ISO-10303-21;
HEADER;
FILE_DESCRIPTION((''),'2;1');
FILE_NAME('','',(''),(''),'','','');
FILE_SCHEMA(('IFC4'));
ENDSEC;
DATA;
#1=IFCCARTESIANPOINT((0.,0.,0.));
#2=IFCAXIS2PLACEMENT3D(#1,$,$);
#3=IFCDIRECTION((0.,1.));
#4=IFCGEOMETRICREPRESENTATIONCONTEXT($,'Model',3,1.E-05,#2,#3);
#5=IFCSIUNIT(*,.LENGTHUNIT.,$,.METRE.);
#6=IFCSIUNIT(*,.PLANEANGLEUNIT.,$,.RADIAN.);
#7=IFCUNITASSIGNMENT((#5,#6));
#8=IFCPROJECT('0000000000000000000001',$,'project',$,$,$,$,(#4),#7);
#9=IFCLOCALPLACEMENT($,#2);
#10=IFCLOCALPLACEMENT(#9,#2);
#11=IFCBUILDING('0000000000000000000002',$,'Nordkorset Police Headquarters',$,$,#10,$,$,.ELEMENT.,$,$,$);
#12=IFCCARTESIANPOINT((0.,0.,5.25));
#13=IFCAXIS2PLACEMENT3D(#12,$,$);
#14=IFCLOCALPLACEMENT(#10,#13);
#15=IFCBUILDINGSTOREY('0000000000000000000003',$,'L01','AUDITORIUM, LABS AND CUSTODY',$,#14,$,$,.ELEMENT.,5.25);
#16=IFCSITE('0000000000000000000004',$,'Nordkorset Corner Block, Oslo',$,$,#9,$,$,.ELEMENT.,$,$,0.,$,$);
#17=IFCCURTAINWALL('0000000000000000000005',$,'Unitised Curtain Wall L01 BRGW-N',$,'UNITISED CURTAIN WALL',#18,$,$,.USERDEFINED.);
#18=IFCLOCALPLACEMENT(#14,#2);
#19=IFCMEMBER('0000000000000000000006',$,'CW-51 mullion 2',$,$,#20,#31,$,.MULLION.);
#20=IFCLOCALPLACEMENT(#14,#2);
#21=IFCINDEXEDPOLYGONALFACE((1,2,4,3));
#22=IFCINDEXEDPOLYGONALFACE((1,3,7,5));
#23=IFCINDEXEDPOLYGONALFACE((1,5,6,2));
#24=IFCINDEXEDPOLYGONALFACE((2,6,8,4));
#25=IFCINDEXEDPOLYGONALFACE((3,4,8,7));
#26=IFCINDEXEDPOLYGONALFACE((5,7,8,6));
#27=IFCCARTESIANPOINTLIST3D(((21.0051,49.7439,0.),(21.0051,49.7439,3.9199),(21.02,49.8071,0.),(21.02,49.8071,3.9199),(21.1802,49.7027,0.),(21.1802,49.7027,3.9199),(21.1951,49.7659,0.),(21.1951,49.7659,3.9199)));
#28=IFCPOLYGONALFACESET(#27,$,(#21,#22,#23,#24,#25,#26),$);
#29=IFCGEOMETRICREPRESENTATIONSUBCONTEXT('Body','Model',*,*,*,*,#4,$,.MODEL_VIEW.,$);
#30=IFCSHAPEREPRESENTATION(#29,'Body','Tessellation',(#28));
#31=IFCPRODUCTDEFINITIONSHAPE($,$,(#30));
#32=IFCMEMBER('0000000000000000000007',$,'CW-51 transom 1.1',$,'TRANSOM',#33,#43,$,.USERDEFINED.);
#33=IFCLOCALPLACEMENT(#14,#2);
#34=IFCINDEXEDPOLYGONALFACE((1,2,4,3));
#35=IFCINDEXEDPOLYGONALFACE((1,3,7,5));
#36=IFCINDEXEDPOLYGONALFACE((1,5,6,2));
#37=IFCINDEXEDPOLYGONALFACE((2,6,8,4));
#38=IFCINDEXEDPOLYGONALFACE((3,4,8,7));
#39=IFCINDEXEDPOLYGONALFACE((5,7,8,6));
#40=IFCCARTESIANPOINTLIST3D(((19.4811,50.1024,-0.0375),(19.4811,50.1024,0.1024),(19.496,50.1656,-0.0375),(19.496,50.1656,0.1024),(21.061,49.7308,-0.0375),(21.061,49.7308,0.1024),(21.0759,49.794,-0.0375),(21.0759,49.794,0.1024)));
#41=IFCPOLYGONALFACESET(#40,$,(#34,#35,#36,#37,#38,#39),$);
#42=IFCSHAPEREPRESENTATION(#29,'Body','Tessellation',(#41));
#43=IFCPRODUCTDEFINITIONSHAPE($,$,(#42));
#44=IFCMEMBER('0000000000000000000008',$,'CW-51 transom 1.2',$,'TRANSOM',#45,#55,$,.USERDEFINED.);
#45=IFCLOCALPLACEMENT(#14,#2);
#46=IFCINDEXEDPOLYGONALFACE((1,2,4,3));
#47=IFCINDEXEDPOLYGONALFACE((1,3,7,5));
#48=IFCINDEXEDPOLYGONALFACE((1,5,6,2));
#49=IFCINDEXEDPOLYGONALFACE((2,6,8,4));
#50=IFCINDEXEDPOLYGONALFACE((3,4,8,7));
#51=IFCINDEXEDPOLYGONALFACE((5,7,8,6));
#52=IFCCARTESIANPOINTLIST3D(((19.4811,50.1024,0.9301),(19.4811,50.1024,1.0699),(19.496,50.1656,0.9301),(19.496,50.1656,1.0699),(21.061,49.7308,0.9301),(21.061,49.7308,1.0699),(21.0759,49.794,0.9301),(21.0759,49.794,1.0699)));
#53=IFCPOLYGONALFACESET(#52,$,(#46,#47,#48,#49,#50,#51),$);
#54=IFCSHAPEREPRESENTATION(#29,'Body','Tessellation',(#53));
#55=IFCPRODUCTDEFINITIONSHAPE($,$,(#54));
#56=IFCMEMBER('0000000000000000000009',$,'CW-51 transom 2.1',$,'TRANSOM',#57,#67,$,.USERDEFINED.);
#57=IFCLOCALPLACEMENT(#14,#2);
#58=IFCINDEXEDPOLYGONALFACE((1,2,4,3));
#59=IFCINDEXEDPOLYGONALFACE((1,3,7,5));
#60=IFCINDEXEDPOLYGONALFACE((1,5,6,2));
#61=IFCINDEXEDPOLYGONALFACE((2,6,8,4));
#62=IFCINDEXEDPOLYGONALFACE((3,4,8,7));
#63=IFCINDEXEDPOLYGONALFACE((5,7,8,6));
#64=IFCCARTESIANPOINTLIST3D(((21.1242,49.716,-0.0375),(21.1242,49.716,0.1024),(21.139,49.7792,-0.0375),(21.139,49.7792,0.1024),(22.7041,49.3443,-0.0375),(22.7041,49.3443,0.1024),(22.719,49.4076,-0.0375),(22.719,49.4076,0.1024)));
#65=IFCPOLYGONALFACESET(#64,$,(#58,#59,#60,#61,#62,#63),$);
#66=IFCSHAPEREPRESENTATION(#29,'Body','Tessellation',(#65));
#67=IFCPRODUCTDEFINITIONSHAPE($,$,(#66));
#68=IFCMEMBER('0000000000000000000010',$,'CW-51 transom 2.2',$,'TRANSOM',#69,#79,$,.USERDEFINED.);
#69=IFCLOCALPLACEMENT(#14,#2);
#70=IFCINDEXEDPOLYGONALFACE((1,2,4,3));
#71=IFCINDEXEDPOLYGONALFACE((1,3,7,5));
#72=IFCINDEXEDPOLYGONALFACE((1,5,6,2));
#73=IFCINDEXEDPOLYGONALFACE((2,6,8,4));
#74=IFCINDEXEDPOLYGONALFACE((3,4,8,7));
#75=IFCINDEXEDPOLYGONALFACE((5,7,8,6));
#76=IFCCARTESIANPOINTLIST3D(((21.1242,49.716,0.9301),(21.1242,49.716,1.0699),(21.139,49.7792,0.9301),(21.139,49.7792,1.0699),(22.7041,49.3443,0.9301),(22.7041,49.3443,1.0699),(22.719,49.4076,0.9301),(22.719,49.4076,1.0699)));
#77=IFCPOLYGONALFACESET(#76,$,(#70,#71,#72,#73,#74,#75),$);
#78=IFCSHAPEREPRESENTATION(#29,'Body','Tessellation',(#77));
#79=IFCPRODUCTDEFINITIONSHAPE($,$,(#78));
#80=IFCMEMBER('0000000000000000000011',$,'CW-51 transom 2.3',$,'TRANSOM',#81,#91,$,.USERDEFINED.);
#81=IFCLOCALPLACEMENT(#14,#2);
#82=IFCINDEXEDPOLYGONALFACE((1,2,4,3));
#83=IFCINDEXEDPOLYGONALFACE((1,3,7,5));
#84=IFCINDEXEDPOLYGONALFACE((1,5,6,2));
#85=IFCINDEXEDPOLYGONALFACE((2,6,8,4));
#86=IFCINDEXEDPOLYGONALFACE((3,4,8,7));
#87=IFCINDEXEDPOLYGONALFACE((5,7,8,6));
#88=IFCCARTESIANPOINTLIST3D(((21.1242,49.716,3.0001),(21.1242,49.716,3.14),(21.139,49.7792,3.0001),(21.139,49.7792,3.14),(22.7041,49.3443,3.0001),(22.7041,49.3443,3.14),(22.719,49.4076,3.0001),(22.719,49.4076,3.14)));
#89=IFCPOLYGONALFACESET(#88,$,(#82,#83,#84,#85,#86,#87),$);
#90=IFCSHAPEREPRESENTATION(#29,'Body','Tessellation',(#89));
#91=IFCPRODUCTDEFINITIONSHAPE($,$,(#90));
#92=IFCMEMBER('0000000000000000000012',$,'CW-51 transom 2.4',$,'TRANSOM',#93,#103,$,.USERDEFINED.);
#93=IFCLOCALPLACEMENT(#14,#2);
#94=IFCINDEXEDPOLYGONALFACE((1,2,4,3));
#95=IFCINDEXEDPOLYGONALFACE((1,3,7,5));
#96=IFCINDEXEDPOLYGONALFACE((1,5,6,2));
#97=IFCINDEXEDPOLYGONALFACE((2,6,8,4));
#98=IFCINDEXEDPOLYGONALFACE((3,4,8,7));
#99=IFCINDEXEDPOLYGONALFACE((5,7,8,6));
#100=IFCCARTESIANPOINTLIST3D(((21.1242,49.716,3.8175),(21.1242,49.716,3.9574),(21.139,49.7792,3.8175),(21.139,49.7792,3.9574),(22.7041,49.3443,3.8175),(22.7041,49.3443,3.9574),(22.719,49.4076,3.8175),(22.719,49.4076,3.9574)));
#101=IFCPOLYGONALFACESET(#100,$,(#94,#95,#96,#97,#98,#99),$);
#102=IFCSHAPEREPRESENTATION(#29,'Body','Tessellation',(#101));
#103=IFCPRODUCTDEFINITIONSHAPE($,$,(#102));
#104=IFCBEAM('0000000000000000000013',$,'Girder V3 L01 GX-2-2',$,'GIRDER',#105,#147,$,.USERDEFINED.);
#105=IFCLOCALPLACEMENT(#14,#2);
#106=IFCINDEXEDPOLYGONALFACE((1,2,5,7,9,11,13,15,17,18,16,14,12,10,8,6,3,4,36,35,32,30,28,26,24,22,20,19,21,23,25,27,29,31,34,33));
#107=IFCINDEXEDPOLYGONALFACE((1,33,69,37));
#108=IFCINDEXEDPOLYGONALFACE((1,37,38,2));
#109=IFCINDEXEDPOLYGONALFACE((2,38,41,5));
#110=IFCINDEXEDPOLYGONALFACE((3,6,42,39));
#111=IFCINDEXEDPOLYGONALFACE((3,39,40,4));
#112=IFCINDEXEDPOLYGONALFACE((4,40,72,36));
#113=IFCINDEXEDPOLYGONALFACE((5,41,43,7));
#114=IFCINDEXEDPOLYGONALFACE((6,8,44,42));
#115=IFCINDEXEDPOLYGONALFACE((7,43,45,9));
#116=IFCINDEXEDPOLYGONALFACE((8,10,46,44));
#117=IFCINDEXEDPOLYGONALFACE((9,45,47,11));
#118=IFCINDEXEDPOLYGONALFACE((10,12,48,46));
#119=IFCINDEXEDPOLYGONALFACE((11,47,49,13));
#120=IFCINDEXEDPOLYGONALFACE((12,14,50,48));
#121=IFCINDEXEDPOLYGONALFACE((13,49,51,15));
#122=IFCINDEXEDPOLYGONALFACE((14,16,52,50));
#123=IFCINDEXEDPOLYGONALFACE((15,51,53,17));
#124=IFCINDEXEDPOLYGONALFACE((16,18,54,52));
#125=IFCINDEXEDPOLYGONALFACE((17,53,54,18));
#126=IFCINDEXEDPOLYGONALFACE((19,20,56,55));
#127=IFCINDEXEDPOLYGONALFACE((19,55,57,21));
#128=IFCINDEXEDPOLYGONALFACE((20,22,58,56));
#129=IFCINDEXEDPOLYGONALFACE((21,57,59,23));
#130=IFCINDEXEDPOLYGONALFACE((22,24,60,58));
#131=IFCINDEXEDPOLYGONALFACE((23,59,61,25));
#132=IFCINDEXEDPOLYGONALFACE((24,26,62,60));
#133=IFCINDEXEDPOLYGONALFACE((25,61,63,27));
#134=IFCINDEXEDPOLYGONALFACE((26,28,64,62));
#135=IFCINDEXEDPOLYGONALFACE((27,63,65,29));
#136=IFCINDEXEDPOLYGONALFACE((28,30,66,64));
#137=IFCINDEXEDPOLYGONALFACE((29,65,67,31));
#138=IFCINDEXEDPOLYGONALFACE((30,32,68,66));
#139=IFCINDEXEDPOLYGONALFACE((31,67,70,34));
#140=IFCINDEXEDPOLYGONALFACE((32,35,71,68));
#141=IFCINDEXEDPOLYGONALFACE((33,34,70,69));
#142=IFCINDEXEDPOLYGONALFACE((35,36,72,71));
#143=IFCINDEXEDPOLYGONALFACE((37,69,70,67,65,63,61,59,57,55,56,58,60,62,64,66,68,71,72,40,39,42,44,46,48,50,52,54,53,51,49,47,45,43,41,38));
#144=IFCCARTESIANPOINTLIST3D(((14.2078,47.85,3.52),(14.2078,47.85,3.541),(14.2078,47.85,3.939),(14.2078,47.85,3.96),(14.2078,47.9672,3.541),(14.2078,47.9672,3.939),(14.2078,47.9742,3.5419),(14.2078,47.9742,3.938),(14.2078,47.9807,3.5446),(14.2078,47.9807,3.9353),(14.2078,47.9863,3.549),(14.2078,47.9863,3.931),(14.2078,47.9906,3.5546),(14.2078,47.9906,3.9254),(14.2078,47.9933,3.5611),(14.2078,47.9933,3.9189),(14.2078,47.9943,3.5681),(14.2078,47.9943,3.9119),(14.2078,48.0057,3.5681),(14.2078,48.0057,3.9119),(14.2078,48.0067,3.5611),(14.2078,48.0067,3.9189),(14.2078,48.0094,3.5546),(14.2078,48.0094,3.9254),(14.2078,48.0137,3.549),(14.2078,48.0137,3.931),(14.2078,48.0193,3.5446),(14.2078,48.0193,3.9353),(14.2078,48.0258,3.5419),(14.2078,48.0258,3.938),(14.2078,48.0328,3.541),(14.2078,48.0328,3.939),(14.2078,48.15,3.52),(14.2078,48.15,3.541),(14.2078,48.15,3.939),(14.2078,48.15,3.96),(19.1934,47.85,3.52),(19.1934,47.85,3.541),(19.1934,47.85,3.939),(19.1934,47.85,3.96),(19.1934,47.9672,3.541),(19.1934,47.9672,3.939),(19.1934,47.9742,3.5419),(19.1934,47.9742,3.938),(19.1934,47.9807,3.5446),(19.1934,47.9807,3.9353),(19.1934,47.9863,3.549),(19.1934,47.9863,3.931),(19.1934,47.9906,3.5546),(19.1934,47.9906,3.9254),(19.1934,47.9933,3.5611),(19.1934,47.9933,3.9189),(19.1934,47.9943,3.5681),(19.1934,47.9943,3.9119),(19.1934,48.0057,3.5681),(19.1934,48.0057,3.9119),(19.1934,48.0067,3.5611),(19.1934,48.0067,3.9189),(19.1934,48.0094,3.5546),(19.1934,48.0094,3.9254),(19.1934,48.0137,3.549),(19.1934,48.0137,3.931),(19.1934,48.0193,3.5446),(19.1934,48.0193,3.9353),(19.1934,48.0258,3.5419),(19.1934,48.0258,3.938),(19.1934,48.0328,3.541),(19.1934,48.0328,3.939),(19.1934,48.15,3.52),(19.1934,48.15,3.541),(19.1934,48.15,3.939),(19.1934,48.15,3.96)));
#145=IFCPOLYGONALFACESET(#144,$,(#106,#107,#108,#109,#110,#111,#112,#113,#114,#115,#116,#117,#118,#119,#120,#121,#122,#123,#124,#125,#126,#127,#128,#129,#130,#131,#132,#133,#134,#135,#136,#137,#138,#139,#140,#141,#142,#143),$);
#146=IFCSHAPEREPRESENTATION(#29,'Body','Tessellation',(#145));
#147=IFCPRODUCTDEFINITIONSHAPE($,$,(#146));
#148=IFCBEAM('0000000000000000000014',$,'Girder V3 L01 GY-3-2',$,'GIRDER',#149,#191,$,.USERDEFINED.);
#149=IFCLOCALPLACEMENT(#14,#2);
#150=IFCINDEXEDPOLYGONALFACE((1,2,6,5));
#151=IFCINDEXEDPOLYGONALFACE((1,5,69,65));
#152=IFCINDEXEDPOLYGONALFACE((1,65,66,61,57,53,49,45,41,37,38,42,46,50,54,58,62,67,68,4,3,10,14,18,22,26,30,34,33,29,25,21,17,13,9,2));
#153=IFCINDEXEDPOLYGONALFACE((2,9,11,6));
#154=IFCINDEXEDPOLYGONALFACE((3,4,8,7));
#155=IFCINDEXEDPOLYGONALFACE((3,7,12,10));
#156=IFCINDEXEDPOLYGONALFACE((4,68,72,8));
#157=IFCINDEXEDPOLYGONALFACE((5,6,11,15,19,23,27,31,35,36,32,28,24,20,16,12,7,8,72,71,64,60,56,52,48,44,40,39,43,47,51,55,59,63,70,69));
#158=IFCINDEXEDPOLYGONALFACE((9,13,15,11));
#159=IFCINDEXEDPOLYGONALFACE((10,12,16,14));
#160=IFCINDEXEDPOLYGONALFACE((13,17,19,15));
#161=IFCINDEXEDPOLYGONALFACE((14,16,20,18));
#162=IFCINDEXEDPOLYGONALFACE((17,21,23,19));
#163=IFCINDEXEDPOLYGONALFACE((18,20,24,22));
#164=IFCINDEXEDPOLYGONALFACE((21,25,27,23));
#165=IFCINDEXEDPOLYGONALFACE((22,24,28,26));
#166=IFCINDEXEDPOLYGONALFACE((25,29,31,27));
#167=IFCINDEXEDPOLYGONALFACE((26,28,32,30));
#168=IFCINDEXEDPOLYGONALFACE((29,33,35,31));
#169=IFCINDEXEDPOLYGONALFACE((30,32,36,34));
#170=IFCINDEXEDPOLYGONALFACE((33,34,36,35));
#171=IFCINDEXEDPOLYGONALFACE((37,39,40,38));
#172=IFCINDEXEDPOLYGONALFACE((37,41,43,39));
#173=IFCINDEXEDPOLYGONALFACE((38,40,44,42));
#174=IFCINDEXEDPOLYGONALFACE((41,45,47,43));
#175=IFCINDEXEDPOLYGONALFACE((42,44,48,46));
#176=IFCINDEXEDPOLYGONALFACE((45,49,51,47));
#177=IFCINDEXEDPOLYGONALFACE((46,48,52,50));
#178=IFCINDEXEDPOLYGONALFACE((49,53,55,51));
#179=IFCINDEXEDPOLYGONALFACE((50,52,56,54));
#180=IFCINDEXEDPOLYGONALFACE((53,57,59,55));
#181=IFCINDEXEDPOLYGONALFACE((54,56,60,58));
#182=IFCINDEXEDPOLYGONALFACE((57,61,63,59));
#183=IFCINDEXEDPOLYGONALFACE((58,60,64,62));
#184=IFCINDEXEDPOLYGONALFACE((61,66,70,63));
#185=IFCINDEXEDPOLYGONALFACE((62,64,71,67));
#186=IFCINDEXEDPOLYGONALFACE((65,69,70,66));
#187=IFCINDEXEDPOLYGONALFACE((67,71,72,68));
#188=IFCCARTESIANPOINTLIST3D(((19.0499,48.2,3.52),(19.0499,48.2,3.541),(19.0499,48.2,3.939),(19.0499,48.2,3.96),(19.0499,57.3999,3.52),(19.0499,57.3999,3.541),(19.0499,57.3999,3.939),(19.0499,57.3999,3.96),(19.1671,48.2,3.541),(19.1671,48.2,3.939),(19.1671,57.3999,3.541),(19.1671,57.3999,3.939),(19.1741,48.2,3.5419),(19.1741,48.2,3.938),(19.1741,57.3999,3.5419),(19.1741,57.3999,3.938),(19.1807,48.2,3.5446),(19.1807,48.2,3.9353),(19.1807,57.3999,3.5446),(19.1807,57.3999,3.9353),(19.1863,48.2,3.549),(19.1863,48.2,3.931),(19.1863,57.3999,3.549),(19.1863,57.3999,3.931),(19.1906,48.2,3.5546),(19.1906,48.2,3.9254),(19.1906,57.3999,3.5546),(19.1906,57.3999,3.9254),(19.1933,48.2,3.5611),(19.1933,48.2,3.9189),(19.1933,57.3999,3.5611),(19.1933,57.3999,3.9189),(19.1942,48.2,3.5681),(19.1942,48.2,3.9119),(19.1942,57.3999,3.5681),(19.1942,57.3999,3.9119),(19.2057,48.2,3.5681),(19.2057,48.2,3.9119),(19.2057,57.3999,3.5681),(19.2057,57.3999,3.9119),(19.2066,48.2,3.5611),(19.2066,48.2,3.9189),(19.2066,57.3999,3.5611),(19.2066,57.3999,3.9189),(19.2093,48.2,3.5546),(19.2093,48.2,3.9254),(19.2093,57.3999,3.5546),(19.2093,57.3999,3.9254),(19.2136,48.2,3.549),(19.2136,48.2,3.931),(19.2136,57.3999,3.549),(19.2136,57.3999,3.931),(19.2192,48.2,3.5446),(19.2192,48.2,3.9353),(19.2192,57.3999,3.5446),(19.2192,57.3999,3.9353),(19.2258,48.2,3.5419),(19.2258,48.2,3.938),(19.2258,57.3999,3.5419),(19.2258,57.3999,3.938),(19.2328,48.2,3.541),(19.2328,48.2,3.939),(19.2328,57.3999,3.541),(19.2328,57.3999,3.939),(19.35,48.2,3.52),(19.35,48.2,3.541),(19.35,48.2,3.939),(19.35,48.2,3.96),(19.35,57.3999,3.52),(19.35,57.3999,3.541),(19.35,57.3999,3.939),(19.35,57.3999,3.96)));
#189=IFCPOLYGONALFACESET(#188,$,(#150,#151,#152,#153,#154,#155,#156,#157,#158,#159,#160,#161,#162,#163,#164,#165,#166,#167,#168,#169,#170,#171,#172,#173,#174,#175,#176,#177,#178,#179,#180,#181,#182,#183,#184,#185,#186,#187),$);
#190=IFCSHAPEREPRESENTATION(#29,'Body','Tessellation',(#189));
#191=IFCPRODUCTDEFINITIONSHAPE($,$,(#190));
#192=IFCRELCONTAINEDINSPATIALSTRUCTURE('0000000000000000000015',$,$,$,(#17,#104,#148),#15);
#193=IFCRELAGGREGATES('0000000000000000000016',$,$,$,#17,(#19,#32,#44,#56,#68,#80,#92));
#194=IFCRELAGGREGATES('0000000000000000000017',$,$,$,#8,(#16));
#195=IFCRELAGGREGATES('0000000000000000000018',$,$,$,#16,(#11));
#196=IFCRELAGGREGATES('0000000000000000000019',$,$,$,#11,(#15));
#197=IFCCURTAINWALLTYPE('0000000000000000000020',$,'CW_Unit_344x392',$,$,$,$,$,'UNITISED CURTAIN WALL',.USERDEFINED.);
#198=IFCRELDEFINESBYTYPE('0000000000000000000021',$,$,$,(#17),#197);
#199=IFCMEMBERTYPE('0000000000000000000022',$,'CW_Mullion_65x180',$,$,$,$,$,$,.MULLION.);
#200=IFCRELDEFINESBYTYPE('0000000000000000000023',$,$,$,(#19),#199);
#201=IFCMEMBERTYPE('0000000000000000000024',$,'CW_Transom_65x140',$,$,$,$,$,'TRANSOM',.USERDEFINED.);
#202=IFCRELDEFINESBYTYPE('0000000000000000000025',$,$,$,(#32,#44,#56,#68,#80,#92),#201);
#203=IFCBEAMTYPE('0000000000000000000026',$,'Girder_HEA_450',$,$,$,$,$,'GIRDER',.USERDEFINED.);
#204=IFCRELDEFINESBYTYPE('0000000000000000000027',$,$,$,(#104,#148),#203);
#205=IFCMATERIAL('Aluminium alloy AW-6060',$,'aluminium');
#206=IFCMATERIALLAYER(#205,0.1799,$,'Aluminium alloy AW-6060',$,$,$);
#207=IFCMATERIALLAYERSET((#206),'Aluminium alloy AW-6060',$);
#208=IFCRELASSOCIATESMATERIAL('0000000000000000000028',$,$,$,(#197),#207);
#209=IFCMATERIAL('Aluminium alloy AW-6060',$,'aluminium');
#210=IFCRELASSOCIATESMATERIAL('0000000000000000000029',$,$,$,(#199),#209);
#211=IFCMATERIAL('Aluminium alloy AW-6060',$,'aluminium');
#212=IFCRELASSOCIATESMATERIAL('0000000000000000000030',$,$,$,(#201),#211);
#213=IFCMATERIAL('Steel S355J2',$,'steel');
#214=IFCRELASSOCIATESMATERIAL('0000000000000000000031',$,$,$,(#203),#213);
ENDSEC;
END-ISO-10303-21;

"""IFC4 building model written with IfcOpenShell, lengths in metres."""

from ifc_helpers import new_model, si_unit, direction, frame, origin, origin_2d, place, context, subcontext, project, spatial, rectangle, i_section, extrude, material, layer, layer_set, material_profile, profile_set, type_object, element, aggregate, save


model = new_model("IFC4")

# Units and contexts
model_context = context("Model", 3, precision=1e-05, world=origin(), true_north=direction((0.0, 1.0)))
body_context = subcontext(model_context, "Body", "Model", "MODEL_VIEW")
ifc_project = project(units=[si_unit("LENGTHUNIT", "METRE"), si_unit("PLANEANGLEUNIT", "RADIAN")], contexts=[model_context])

# Site, building, storey
site_placement = place(None, origin())
site = spatial("IfcSite", under=ifc_project, at=site_placement, Name="Nordkorset Corner Block, Oslo", CompositionType="ELEMENT", RefElevation=0.0)
building_placement = place(site_placement, origin())
building = spatial("IfcBuilding", under=site, at=building_placement, Name="Nordkorset Police Headquarters", CompositionType="ELEMENT")
storey_placement = place(building_placement, frame((0.0, 0.0, 5.25)))
storey = spatial("IfcBuildingStorey", under=building, at=storey_placement, Name="L01", Description="AUDITORIUM, LABS AND CUSTODY", CompositionType="ELEMENT", Elevation=5.25)

# Curtain wall, members
ifc_material_1 = material(Name="Aluminium alloy AW-6060", Category="aluminium")
ifc_layer_1 = layer(ifc_material_1, 0.1799, Name="Aluminium alloy AW-6060")
ifc_layer_set_1 = layer_set([ifc_layer_1], Name="Aluminium alloy AW-6060")
curtain_wall_type = type_object("IfcCurtainWallType", Name="CW_Unit_344x392", ElementType="UNITISED CURTAIN WALL", PredefinedType="USERDEFINED", material=ifc_layer_set_1)
curtain_wall_placement = place(storey_placement, origin())
curtain_wall = element("IfcCurtainWall", 1, at=curtain_wall_placement, inside=storey, type_object=curtain_wall_type, Name="Unitised Curtain Wall L01 BRGW-N", ObjectType="UNITISED CURTAIN WALL", PredefinedType="USERDEFINED")
ifc_material_2 = material(Name="Aluminium alloy AW-6060", Category="aluminium")
ifc_material_profile_1 = material_profile(ifc_material_2, rectangle(XDim=0.0649, YDim=0.1799, at=origin_2d()), Name="ALU MULL 65x180")
ifc_profile_set_1 = profile_set([ifc_material_profile_1], Name="Aluminium alloy AW-6060")
member_type_1 = type_object("IfcMemberType", Name="CW_Mullion_65x180", PredefinedType="MULLION", material=ifc_profile_set_1)
member_1_placement = place(storey_placement, frame((21.1001, 49.7549, 0.0), z_axis=(0.0, 0.0, 1.0), x_axis=(0.228893, 0.973452, 0.0)))
member_1 = element("IfcMember", 2, at=member_1_placement, type_object=member_type_1, Name="CW-51 mullion 2", PredefinedType="MULLION", context=body_context, shape_type="SweptSolid", body=[
    extrude(rectangle(XDim=0.0649, YDim=0.1799, at=origin_2d()), origin(), (0.0, 0.0, 1.0), 3.9199),
])
ifc_material_3 = material(Name="Aluminium alloy AW-6060", Category="aluminium")
ifc_material_profile_2 = material_profile(ifc_material_3, rectangle(XDim=0.0649, YDim=0.1399, at=origin_2d()), Name="ALU TRAN 65x140")
ifc_profile_set_2 = profile_set([ifc_material_profile_2], Name="Aluminium alloy AW-6060")
member_type_2 = type_object("IfcMemberType", Name="CW_Transom_65x140", ElementType="TRANSOM", PredefinedType="USERDEFINED", material=ifc_profile_set_2)
member_2_placement = place(storey_placement, frame((19.4885, 50.134, 0.0325), z_axis=(0.973437, -0.228955, 0.0), x_axis=(0.228955, 0.973437, 0.0)))
member_2 = element("IfcMember", 3, at=member_2_placement, type_object=member_type_2, Name="CW-51 transom 1.1", ObjectType="TRANSOM", PredefinedType="USERDEFINED", context=body_context, shape_type="SweptSolid", body=[
    extrude(rectangle(XDim=0.0649, YDim=0.1399, at=origin_2d()), origin(), (0.0, 0.0, 1.0), 1.623),
])
member_3_placement = place(storey_placement, frame((19.4885, 50.134, 1.0), z_axis=(0.973437, -0.228955, 0.0), x_axis=(0.228955, 0.973437, 0.0)))
member_3 = element("IfcMember", 4, at=member_3_placement, type_object=member_type_2, Name="CW-51 transom 1.2", ObjectType="TRANSOM", PredefinedType="USERDEFINED", context=body_context, shape_type="SweptSolid", body=[
    extrude(rectangle(XDim=0.0649, YDim=0.1399, at=origin_2d()), origin(), (0.0, 0.0, 1.0), 1.623),
])
member_4_placement = place(storey_placement, frame((21.1316, 49.7476, 0.0325), z_axis=(0.973437, -0.228955, 0.0), x_axis=(0.228955, 0.973437, 0.0)))
member_4 = element("IfcMember", 5, at=member_4_placement, type_object=member_type_2, Name="CW-51 transom 2.1", ObjectType="TRANSOM", PredefinedType="USERDEFINED", context=body_context, shape_type="SweptSolid", body=[
    extrude(rectangle(XDim=0.0649, YDim=0.1399, at=origin_2d()), origin(), (0.0, 0.0, 1.0), 1.623),
])
member_5_placement = place(storey_placement, frame((21.1316, 49.7476, 1.0), z_axis=(0.973437, -0.228955, 0.0), x_axis=(0.228955, 0.973437, 0.0)))
member_5 = element("IfcMember", 6, at=member_5_placement, type_object=member_type_2, Name="CW-51 transom 2.2", ObjectType="TRANSOM", PredefinedType="USERDEFINED", context=body_context, shape_type="SweptSolid", body=[
    extrude(rectangle(XDim=0.0649, YDim=0.1399, at=origin_2d()), origin(), (0.0, 0.0, 1.0), 1.623),
])
member_6_placement = place(storey_placement, frame((21.1316, 49.7476, 3.0701), z_axis=(0.973437, -0.228955, 0.0), x_axis=(0.228955, 0.973437, 0.0)))
member_6 = element("IfcMember", 7, at=member_6_placement, type_object=member_type_2, Name="CW-51 transom 2.3", ObjectType="TRANSOM", PredefinedType="USERDEFINED", context=body_context, shape_type="SweptSolid", body=[
    extrude(rectangle(XDim=0.0649, YDim=0.1399, at=origin_2d()), origin(), (0.0, 0.0, 1.0), 1.623),
])
member_7_placement = place(storey_placement, frame((21.1316, 49.7476, 3.8875), z_axis=(0.973437, -0.228955, 0.0), x_axis=(0.228955, 0.973437, 0.0)))
member_7 = element("IfcMember", 8, at=member_7_placement, type_object=member_type_2, Name="CW-51 transom 2.4", ObjectType="TRANSOM", PredefinedType="USERDEFINED", context=body_context, shape_type="SweptSolid", body=[
    extrude(rectangle(XDim=0.0649, YDim=0.1399, at=origin_2d()), origin(), (0.0, 0.0, 1.0), 1.623),
])

# Beams
ifc_material_4 = material(Name="Steel S355J2", Category="steel")
ifc_material_profile_3 = material_profile(ifc_material_4, i_section(OverallWidth=0.3, OverallDepth=0.4399, WebThickness=0.0115, FlangeThickness=0.021, FilletRadius=0.0271, at=origin_2d()), Name="HEA 450")
ifc_profile_set_3 = profile_set([ifc_material_profile_3], Name="Steel S355J2")
beam_type_1 = type_object("IfcBeamType", Name="Girder_HEA_450", ElementType="GIRDER", PredefinedType="USERDEFINED", material=ifc_profile_set_3)
beam_1_placement = place(storey_placement, frame((14.2078, 48.0, 3.74), z_axis=(1.0, 0.0, 0.0), x_axis=(0.0, 1.0, 0.0)))
element("IfcBeam", 9, at=beam_1_placement, inside=storey, type_object=beam_type_1, Name="Girder V3 L01 GX-2-2", ObjectType="GIRDER", PredefinedType="USERDEFINED", context=body_context, shape_type="SweptSolid", body=[
    extrude(i_section(OverallWidth=0.3, OverallDepth=0.4399, WebThickness=0.0115, FlangeThickness=0.021, FilletRadius=0.0271, at=origin_2d()), origin(), (0.0, 0.0, 1.0), 4.9856),
])
beam_2_placement = place(storey_placement, frame((19.2, 48.2, 3.74), z_axis=(0.0, 1.0, 0.0), x_axis=(-1.0, 0.0, 0.0)))
element("IfcBeam", 10, at=beam_2_placement, inside=storey, type_object=beam_type_1, Name="Girder V3 L01 GY-3-2", ObjectType="GIRDER", PredefinedType="USERDEFINED", context=body_context, shape_type="SweptSolid", body=[
    extrude(i_section(OverallWidth=0.3, OverallDepth=0.4399, WebThickness=0.0115, FlangeThickness=0.021, FilletRadius=0.0271, at=origin_2d()), origin(), (0.0, 0.0, 1.0), 9.2),
])

aggregate(curtain_wall, [member_1, member_2, member_3, member_4, member_5, member_6, member_7])

save(model, "model.ifc")
